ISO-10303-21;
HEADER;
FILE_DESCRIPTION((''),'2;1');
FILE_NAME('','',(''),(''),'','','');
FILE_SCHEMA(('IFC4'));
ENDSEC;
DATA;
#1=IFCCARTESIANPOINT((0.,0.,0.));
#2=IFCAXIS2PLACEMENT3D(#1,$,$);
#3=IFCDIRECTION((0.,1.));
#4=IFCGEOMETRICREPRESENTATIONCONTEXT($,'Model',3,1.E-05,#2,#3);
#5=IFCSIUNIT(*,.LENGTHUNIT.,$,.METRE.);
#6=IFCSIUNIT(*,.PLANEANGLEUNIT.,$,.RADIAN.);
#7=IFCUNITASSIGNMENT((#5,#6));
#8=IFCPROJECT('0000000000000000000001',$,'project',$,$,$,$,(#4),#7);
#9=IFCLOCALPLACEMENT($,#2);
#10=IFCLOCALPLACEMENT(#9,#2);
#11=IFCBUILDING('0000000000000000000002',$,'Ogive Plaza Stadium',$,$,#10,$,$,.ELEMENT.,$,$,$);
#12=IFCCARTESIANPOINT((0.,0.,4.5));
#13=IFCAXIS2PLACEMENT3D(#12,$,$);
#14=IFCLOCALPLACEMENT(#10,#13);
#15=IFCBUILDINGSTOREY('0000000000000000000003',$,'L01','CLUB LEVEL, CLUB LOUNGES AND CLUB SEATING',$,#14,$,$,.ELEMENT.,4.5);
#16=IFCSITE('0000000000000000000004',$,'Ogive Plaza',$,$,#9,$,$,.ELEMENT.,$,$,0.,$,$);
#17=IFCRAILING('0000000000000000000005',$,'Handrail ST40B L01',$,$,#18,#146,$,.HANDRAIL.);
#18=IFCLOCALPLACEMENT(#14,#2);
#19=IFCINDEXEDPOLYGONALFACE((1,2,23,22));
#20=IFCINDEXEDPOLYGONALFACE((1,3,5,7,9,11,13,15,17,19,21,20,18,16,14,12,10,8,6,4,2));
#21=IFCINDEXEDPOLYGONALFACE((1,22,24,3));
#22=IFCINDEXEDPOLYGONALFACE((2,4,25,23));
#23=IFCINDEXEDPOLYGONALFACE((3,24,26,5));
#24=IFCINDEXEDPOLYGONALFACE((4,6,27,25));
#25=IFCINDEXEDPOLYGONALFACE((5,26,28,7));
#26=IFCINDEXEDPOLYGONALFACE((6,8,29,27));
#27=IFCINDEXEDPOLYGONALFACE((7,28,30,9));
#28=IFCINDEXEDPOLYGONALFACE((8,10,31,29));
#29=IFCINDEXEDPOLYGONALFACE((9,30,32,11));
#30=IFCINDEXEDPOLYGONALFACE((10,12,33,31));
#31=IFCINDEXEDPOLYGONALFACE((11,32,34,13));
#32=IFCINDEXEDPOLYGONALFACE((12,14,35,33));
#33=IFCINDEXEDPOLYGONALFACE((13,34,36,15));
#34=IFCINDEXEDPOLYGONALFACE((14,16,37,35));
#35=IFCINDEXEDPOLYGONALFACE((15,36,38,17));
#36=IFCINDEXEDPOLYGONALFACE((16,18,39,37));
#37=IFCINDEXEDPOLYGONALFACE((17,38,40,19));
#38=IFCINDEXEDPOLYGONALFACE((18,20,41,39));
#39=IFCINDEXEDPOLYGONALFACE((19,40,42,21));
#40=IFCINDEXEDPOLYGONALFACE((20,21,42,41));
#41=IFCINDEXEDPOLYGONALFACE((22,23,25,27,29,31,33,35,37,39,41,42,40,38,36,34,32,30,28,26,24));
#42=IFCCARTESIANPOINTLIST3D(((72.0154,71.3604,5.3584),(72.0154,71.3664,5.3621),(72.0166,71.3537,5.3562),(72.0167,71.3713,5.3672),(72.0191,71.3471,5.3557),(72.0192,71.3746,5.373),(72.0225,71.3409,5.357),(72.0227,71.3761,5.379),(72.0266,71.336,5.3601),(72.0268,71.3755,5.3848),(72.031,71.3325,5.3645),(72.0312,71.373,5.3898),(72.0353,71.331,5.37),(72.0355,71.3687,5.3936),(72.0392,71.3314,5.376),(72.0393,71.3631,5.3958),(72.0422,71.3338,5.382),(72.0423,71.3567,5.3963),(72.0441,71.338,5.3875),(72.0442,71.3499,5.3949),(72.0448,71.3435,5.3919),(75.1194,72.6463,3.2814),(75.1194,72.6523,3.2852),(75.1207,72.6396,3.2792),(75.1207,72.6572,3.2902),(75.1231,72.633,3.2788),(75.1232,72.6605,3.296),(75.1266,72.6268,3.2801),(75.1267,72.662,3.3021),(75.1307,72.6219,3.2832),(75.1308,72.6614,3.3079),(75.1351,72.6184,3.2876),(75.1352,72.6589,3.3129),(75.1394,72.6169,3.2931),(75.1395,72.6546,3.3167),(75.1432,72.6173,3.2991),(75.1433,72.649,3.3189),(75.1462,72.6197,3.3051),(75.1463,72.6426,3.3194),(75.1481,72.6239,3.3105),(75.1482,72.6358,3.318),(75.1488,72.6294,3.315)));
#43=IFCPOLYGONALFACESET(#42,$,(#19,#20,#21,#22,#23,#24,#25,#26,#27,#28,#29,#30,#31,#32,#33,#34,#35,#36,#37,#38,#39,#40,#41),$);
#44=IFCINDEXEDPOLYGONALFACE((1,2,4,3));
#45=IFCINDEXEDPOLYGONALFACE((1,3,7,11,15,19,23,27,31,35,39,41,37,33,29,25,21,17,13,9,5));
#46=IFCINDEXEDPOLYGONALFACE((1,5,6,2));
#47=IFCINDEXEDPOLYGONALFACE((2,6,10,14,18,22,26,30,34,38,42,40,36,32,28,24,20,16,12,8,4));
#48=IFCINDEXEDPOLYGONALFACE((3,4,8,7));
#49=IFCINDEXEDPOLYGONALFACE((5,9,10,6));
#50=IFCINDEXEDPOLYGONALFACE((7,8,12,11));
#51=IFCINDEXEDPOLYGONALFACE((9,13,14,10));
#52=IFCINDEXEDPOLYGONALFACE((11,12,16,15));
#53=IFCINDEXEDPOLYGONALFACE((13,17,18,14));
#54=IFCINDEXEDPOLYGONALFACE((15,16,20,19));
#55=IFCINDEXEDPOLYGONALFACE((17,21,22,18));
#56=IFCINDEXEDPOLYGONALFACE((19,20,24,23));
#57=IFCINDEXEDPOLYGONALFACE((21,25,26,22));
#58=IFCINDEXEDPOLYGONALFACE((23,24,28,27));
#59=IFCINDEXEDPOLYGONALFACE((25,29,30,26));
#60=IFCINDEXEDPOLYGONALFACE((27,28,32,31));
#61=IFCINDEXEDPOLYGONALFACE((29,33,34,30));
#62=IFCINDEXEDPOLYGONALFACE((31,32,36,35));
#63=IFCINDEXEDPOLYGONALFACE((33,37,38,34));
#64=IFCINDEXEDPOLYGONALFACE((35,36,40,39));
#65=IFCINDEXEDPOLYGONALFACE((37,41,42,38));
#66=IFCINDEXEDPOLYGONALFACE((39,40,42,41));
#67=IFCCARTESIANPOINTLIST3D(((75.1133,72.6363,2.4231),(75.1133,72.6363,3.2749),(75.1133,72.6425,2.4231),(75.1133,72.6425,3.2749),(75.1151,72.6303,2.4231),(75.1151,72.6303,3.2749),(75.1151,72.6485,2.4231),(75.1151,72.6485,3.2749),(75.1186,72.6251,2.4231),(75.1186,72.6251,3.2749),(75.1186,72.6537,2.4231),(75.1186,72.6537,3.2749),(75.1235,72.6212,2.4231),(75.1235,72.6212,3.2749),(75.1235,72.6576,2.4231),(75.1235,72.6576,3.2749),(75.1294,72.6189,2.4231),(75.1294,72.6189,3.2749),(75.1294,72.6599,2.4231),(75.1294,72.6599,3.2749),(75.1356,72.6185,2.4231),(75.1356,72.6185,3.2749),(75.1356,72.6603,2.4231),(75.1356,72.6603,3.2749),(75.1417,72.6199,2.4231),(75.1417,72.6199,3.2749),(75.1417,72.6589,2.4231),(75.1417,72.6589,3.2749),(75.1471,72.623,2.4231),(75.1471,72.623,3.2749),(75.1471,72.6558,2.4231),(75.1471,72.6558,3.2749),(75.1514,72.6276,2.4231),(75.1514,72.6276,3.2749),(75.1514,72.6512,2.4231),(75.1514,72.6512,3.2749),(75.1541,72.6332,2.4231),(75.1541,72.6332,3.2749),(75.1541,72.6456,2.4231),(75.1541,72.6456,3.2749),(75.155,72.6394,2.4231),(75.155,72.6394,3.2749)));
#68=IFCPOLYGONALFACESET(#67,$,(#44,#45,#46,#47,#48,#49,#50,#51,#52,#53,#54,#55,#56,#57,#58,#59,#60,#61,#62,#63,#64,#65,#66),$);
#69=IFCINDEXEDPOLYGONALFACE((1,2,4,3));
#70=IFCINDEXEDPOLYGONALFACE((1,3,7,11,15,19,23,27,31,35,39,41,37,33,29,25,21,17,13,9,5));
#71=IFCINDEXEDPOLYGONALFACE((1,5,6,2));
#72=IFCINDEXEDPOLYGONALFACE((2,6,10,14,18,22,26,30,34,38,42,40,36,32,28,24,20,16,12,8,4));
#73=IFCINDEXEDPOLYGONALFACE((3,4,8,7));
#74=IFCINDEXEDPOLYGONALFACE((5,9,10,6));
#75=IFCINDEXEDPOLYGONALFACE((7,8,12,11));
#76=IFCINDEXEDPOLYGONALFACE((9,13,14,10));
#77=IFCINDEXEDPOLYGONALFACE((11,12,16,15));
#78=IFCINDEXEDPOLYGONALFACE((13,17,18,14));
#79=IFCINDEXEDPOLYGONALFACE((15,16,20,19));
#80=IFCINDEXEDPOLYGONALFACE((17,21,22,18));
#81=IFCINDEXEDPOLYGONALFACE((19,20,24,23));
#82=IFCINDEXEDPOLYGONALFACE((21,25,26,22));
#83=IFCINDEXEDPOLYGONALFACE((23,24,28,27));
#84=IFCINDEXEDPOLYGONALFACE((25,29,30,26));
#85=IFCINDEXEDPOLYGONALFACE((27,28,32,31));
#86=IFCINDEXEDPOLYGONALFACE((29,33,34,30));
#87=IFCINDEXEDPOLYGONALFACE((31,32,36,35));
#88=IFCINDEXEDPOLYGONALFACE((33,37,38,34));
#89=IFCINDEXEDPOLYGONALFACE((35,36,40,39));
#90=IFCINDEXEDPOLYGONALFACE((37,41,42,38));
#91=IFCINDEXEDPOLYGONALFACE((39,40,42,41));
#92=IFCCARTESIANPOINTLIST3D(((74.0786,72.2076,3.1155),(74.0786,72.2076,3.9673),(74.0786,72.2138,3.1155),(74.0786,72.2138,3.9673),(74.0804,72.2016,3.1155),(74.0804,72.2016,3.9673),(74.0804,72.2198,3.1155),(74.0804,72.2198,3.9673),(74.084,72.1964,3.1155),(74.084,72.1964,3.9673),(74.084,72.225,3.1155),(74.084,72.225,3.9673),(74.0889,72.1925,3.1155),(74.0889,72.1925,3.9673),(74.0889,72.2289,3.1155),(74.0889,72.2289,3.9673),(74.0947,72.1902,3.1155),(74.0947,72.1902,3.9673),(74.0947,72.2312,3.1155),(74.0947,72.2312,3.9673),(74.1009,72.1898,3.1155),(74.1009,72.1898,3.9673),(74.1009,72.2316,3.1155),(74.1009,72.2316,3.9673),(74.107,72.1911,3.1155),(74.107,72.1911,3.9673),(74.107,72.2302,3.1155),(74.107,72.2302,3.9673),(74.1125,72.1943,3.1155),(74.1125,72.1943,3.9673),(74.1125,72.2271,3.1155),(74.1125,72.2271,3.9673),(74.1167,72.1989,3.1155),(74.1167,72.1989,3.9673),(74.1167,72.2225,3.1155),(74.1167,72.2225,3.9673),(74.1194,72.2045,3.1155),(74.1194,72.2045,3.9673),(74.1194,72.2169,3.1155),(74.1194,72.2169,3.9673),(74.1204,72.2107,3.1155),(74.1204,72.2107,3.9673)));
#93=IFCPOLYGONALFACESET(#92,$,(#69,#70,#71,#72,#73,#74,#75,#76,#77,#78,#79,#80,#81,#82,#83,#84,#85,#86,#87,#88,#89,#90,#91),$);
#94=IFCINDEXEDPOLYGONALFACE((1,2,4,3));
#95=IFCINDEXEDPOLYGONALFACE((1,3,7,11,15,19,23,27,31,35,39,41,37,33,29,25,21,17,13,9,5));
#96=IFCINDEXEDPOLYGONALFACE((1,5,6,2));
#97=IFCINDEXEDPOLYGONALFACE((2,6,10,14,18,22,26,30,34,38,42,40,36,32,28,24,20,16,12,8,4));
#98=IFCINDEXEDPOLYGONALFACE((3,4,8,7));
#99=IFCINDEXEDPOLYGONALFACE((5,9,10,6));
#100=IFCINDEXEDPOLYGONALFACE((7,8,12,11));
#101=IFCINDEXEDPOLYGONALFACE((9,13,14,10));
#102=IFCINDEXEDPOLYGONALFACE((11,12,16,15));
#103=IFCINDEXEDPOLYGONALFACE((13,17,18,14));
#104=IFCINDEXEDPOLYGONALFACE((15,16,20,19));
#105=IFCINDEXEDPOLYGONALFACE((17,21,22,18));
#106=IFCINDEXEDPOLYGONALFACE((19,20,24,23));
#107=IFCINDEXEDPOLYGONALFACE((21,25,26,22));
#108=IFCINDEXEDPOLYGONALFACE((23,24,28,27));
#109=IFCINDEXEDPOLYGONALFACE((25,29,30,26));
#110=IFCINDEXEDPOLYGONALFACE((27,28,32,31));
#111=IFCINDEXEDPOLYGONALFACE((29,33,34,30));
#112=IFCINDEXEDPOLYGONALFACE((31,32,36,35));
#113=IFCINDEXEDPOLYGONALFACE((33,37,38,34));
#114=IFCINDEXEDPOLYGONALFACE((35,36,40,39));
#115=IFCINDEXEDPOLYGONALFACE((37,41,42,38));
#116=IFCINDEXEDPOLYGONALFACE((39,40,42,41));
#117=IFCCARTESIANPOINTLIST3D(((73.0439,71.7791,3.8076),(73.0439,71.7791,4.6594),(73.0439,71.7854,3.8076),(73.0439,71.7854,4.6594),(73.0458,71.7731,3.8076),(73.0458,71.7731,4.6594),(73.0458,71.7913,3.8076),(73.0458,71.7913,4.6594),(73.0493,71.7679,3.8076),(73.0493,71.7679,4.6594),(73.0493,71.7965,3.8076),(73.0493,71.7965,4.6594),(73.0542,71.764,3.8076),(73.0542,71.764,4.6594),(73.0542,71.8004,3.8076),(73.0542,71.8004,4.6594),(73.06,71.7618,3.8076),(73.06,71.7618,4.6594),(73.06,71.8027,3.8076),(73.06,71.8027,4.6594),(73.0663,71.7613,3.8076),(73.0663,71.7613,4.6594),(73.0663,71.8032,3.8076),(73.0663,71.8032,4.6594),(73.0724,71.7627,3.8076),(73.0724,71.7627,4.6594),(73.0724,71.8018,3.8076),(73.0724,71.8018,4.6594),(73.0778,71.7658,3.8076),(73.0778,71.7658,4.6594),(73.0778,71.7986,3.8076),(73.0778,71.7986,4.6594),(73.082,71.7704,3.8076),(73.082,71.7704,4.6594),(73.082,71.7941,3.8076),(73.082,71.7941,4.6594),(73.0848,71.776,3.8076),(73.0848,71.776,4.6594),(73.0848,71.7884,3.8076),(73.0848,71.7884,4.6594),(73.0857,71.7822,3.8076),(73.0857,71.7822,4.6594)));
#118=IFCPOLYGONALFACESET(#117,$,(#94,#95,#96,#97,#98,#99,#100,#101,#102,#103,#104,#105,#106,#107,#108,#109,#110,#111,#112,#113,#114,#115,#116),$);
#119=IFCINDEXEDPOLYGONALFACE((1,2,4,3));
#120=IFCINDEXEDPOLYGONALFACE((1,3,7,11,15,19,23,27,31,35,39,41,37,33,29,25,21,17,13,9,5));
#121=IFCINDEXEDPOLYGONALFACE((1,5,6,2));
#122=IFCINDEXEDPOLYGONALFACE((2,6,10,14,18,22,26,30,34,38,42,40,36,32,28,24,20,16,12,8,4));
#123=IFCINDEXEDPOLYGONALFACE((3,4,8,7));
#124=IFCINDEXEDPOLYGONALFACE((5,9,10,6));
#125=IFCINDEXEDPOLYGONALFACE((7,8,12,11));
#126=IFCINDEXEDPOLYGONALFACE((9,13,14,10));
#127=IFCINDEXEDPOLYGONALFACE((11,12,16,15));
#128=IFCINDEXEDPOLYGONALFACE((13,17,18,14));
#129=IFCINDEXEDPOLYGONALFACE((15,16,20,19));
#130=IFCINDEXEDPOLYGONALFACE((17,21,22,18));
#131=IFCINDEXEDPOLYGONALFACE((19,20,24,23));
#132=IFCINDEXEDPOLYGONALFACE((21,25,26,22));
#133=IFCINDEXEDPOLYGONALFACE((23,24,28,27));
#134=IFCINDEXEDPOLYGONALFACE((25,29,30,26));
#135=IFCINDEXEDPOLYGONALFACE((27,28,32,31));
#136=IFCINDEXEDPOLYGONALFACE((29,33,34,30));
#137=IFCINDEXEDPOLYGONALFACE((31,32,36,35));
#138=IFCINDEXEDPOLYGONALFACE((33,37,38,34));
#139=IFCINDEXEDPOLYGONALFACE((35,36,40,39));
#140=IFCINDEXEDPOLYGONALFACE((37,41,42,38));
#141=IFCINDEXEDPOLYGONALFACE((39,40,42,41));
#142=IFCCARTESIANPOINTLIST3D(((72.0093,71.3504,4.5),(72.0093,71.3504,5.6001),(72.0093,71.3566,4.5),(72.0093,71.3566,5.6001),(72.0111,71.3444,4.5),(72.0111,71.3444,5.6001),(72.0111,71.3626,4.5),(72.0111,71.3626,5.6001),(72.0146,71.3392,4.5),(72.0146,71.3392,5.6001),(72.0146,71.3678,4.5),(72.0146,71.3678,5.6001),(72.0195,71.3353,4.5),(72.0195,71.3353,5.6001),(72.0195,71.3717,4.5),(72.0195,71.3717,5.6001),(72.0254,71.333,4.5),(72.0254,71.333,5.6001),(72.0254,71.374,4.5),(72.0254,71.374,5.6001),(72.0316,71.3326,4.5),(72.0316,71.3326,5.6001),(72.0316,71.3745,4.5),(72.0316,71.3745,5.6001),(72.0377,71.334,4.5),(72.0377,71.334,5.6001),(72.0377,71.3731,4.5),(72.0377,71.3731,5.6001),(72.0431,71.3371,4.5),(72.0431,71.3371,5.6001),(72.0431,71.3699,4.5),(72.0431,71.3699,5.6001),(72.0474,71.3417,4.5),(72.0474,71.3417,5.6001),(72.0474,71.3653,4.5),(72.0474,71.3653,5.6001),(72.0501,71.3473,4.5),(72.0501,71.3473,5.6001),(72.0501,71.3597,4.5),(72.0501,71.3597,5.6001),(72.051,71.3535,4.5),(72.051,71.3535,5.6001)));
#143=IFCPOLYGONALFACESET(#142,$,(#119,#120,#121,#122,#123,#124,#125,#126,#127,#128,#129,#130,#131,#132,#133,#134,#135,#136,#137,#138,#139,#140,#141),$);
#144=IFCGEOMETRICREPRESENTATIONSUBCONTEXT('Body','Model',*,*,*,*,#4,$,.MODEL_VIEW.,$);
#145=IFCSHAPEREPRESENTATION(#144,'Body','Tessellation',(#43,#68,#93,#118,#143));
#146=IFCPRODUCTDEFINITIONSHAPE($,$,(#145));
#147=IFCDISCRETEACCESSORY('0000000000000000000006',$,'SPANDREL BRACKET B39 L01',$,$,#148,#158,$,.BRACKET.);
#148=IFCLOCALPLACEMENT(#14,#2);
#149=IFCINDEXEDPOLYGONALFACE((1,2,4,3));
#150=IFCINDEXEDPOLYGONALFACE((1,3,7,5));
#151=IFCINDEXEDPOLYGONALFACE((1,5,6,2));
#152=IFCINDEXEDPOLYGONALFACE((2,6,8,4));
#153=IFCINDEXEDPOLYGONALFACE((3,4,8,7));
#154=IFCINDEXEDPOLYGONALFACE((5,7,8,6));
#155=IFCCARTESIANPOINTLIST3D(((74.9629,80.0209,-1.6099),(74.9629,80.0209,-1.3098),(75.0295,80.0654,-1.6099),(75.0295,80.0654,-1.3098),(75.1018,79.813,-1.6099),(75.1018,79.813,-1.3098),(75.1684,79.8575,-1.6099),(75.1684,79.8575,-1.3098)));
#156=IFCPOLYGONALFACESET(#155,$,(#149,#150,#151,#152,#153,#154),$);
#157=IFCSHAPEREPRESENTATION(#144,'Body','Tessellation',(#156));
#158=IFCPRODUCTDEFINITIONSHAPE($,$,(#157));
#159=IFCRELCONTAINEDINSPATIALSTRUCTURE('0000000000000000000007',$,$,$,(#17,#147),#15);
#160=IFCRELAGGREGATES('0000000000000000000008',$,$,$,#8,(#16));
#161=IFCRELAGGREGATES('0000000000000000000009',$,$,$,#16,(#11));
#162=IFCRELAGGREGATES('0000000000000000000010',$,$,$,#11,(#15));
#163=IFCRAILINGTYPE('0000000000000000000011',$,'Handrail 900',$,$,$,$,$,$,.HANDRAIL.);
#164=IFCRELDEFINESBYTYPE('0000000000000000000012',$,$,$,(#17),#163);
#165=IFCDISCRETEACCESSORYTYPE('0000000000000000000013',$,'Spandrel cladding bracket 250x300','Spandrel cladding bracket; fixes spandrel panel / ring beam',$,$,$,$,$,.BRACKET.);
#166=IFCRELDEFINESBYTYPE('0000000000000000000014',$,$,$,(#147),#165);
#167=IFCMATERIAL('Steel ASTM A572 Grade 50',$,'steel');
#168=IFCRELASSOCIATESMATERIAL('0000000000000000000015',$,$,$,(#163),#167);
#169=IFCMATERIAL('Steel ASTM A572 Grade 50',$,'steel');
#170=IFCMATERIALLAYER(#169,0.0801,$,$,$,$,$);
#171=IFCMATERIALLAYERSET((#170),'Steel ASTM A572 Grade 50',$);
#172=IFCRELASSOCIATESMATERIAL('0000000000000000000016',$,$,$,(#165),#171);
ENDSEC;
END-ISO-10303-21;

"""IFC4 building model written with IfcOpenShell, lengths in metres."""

from ifc_helpers import new_model, si_unit, direction, frame, origin, origin_2d, place, context, subcontext, project, spatial, rectangle, circle, extrude, material, layer, layer_set, type_object, element, save


model = new_model("IFC4")

# Units and contexts
model_context = context("Model", 3, precision=1e-05, world=origin(), true_north=direction((0.0, 1.0)))
body_context = subcontext(model_context, "Body", "Model", "MODEL_VIEW")
ifc_project = project(units=[si_unit("LENGTHUNIT", "METRE"), si_unit("PLANEANGLEUNIT", "RADIAN")], contexts=[model_context])

# Site, building, storey
site_placement = place(None, origin())
site = spatial("IfcSite", under=ifc_project, at=site_placement, Name="Ogive Plaza", CompositionType="ELEMENT", RefElevation=0.0)
building_placement = place(site_placement, origin())
building = spatial("IfcBuilding", under=site, at=building_placement, Name="Ogive Plaza Stadium", CompositionType="ELEMENT")
storey_placement = place(building_placement, frame((0.0, 0.0, 4.5)))
storey = spatial("IfcBuildingStorey", under=building, at=storey_placement, Name="L01", Description="CLUB LEVEL, CLUB LOUNGES AND CLUB SEATING", CompositionType="ELEMENT", Elevation=4.5)

# Railing
ifc_material_1 = material(Name="Steel ASTM A572 Grade 50", Category="steel")
railing_type_1 = type_object("IfcRailingType", Name="Handrail 900", PredefinedType="HANDRAIL", material=ifc_material_1)
railing_1_placement = place(storey_placement, frame((75.134, 72.6394, 2.4231)))
element("IfcRailing", 1, at=railing_1_placement, inside=storey, type_object=railing_type_1, Name="Handrail ST40B L01", PredefinedType="HANDRAIL", context=body_context, shape_type="SweptSolid", body=[
    extrude(circle(Radius=0.0239, at=origin_2d()), frame((0.0, 0.0, 0.876), z_axis=(-0.785839, -0.325548, 0.525809), x_axis=(0.382726, -0.923862, 0.0)), (0.0, 0.0, 1.0), 3.95),
    extrude(circle(Radius=0.021, at=origin_2d()), origin(), (0.0, 0.0, 1.0), 0.8518),
    extrude(circle(Radius=0.021, at=origin_2d()), frame((-1.0347, -0.4287, 0.6924)), (0.0, 0.0, 1.0), 0.8518),
    extrude(circle(Radius=0.021, at=origin_2d()), frame((-2.0693, -0.8572, 1.3845)), (0.0, 0.0, 1.0), 0.8518),
    extrude(circle(Radius=0.021, at=origin_2d()), frame((-3.104, -1.2859, 2.0769)), (0.0, 0.0, 1.0), 1.1001),
])

# Discrete accessory
ifc_material_2 = material(Name="Steel ASTM A572 Grade 50", Category="steel")
ifc_layer_1 = layer(ifc_material_2, 0.0801)
ifc_layer_set_1 = layer_set([ifc_layer_1], Name="Steel ASTM A572 Grade 50")
discrete_accessory_type = type_object("IfcDiscreteAccessoryType", Name="Spandrel cladding bracket 250x300", Description="Spandrel cladding bracket; fixes spandrel panel / ring beam", PredefinedType="BRACKET", material=ifc_layer_set_1)
discrete_accessory_placement = place(storey_placement, frame((75.0657, 79.9392, -1.6099), z_axis=(0.0, 0.0, 1.0), x_axis=(0.55557, -0.83147, 0.0)))
element("IfcDiscreteAccessory", 2, at=discrete_accessory_placement, inside=storey, type_object=discrete_accessory_type, Name="SPANDREL BRACKET B39 L01", PredefinedType="BRACKET", context=body_context, shape_type="SweptSolid", body=[
    extrude(rectangle(XDim=0.25, YDim=0.0801, at=origin_2d()), origin(), (0.0, 0.0, 1.0), 0.3),
])

save(model, "model.ifc")
